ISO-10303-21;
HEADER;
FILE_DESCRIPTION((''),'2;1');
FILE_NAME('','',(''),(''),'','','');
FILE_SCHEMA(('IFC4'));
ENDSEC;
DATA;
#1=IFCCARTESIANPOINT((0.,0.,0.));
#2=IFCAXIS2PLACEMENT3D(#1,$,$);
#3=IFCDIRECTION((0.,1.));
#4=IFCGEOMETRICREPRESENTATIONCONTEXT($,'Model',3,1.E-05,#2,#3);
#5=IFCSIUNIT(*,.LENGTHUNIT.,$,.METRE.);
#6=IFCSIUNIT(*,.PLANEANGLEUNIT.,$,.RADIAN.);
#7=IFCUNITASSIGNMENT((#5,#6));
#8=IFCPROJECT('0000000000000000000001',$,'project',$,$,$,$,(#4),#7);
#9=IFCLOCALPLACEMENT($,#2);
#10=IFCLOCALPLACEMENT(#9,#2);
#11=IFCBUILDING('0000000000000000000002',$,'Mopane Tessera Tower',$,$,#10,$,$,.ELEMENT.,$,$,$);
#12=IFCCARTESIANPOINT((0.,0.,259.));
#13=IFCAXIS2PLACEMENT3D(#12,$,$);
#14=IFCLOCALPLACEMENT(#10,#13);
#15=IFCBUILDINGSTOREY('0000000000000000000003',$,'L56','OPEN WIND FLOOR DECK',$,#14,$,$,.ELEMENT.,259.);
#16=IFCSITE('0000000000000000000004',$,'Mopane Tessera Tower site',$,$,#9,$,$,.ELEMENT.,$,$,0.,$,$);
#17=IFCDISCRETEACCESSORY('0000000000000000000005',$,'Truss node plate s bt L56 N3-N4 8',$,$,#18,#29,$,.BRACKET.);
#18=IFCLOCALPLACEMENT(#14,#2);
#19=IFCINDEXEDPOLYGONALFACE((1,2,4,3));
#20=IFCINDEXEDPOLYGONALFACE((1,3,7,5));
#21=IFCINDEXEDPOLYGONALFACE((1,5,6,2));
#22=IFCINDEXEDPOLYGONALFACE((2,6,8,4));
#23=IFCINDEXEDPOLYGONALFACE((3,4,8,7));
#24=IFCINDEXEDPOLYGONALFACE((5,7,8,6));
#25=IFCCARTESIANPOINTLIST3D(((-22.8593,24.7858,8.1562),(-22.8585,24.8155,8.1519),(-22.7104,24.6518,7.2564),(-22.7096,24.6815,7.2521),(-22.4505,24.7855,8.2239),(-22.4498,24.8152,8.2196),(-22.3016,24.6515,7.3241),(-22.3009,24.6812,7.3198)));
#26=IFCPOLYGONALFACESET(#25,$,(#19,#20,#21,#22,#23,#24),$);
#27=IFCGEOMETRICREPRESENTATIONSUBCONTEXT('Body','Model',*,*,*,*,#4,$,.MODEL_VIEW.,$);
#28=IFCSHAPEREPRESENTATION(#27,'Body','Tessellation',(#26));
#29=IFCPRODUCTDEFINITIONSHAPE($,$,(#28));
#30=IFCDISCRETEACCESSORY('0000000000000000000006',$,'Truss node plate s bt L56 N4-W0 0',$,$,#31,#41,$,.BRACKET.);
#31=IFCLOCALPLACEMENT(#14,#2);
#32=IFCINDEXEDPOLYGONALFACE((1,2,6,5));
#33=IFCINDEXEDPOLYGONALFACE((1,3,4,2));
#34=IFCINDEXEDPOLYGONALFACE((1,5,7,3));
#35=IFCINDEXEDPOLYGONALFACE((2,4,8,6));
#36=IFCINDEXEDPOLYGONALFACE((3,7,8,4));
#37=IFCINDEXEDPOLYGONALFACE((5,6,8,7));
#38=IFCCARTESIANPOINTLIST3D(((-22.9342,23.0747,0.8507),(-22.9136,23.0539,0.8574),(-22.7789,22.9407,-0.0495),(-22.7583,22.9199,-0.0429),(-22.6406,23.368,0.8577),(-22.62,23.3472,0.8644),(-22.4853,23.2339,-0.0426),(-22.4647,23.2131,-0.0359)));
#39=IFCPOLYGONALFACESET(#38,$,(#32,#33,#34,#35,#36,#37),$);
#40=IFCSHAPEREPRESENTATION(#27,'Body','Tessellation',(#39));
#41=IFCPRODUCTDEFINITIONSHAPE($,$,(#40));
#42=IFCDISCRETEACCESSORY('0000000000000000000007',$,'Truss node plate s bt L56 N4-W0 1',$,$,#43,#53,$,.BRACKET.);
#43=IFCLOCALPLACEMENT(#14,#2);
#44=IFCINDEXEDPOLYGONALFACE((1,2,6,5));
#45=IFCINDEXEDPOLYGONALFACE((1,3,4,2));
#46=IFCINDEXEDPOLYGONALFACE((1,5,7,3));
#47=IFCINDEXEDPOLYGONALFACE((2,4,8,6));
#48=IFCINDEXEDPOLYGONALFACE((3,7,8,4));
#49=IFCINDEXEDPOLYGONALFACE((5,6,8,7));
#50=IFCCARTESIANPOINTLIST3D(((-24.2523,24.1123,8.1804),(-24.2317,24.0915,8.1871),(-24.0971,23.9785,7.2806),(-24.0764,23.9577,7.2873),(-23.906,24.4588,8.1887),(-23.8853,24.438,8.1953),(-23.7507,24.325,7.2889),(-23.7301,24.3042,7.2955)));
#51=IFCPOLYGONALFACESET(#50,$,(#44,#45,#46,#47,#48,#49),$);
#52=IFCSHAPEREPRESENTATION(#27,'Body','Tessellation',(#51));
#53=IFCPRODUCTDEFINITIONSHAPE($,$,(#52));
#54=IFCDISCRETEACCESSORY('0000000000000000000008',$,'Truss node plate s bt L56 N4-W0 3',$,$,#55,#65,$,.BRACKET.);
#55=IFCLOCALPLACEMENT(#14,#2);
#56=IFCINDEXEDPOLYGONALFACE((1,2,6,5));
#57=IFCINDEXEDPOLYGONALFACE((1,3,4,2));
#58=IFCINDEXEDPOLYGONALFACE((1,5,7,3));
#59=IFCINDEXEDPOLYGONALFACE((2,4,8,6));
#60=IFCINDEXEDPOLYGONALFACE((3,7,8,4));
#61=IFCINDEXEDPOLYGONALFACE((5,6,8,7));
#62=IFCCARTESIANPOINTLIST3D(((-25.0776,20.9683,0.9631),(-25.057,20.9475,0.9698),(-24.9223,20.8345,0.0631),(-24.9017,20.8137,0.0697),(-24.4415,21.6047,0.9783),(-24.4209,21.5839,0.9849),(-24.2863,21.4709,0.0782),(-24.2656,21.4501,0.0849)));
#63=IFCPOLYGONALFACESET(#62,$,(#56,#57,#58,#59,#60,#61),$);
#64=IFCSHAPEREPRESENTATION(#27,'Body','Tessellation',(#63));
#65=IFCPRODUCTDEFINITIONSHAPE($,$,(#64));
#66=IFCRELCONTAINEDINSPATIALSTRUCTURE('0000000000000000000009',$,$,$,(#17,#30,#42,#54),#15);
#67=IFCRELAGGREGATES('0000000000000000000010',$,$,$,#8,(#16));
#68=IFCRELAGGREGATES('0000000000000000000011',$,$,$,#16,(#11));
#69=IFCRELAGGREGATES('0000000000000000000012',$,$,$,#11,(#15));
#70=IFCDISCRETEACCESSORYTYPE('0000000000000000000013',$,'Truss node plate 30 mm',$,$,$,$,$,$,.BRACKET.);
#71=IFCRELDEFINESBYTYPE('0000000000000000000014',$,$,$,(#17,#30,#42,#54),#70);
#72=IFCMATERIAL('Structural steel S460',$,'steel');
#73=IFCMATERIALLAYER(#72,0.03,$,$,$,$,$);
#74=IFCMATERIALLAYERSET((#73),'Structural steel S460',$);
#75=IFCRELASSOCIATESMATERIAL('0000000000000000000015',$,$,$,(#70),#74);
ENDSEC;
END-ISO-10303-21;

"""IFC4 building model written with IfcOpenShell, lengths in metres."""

from ifc_helpers import new_model, si_unit, direction, frame, origin, origin_2d, place, context, subcontext, project, spatial, rectangle, extrude, material, layer, layer_set, type_object, element, save


model = new_model("IFC4")

# Units and contexts
model_context = context("Model", 3, precision=1e-05, world=origin(), true_north=direction((0.0, 1.0)))
body_context = subcontext(model_context, "Body", "Model", "MODEL_VIEW")
ifc_project = project(units=[si_unit("LENGTHUNIT", "METRE"), si_unit("PLANEANGLEUNIT", "RADIAN")], contexts=[model_context])

# Site, building, storey
site_placement = place(None, origin())
site = spatial("IfcSite", under=ifc_project, at=site_placement, Name="Mopane Tessera Tower site", CompositionType="ELEMENT", RefElevation=0.0)
building_placement = place(site_placement, origin())
building = spatial("IfcBuilding", under=site, at=building_placement, Name="Mopane Tessera Tower", CompositionType="ELEMENT")
storey_placement = place(building_placement, frame((0.0, 0.0, 259.0)))
storey = spatial("IfcBuildingStorey", under=building, at=storey_placement, Name="L56", Description="OPEN WIND FLOOR DECK", CompositionType="ELEMENT", Elevation=259.0)

# Discrete accessories
ifc_material_1 = material(Name="Structural steel S460", Category="steel")
ifc_layer_1 = layer(ifc_material_1, 0.03)
ifc_layer_set_1 = layer_set([ifc_layer_1], Name="Structural steel S460")
discrete_accessory_type = type_object("IfcDiscreteAccessoryType", Name="Truss node plate 30 mm", PredefinedType="BRACKET", material=ifc_layer_set_1)
discrete_accessory_1_placement = place(storey_placement, frame((-22.5056, 24.6665, 7.2881), z_axis=(-0.161536, 0.145382, 0.9761), x_axis=(-0.024505, -0.989375, 0.143304)))
element("IfcDiscreteAccessory", 1, at=discrete_accessory_1_placement, inside=storey, type_object=discrete_accessory_type, Name="Truss node plate s bt L56 N3-N4 8", PredefinedType="BRACKET", context=body_context, shape_type="SweptSolid", body=[
    extrude(rectangle(XDim=0.03, YDim=0.4143, at=origin_2d()), origin(), (0.0, 0.0, 1.0), 0.9219),
])
discrete_accessory_2_placement = place(storey_placement, frame((-22.6218, 23.0769, -0.0427), z_axis=(-0.168186, 0.14518, 0.975006), x_axis=(0.686454, -0.692604, 0.221542)))
element("IfcDiscreteAccessory", 2, at=discrete_accessory_2_placement, inside=storey, type_object=discrete_accessory_type, Name="Truss node plate s bt L56 N4-W0 0", PredefinedType="BRACKET", context=body_context, shape_type="SweptSolid", body=[
    extrude(rectangle(XDim=0.03, YDim=0.415, at=origin_2d()), origin(), (0.0, 0.0, 1.0), 0.9233),
])
discrete_accessory_3_placement = place(storey_placement, frame((-23.9136, 24.1414, 7.2881), z_axis=(-0.168236, 0.144958, 0.97503), x_axis=(0.687096, -0.692001, 0.221435)))
element("IfcDiscreteAccessory", 3, at=discrete_accessory_3_placement, inside=storey, type_object=discrete_accessory_type, Name="Truss node plate s bt L56 N4-W0 1", PredefinedType="BRACKET", context=body_context, shape_type="SweptSolid", body=[
    extrude(rectangle(XDim=0.03, YDim=0.49, at=origin_2d()), origin(), (0.0, 0.0, 1.0), 0.9229),
])
discrete_accessory_4_placement = place(storey_placement, frame((-24.594, 21.1423, 0.074), z_axis=(-0.168193, 0.144921, 0.975043), x_axis=(0.687106, -0.692009, 0.221378)))
element("IfcDiscreteAccessory", 4, at=discrete_accessory_4_placement, inside=storey, type_object=discrete_accessory_type, Name="Truss node plate s bt L56 N4-W0 3", PredefinedType="BRACKET", context=body_context, shape_type="SweptSolid", body=[
    extrude(rectangle(XDim=0.03, YDim=0.8999, at=origin_2d()), origin(), (0.0, 0.0, 1.0), 0.9231),
])

save(model, "model.ifc")
